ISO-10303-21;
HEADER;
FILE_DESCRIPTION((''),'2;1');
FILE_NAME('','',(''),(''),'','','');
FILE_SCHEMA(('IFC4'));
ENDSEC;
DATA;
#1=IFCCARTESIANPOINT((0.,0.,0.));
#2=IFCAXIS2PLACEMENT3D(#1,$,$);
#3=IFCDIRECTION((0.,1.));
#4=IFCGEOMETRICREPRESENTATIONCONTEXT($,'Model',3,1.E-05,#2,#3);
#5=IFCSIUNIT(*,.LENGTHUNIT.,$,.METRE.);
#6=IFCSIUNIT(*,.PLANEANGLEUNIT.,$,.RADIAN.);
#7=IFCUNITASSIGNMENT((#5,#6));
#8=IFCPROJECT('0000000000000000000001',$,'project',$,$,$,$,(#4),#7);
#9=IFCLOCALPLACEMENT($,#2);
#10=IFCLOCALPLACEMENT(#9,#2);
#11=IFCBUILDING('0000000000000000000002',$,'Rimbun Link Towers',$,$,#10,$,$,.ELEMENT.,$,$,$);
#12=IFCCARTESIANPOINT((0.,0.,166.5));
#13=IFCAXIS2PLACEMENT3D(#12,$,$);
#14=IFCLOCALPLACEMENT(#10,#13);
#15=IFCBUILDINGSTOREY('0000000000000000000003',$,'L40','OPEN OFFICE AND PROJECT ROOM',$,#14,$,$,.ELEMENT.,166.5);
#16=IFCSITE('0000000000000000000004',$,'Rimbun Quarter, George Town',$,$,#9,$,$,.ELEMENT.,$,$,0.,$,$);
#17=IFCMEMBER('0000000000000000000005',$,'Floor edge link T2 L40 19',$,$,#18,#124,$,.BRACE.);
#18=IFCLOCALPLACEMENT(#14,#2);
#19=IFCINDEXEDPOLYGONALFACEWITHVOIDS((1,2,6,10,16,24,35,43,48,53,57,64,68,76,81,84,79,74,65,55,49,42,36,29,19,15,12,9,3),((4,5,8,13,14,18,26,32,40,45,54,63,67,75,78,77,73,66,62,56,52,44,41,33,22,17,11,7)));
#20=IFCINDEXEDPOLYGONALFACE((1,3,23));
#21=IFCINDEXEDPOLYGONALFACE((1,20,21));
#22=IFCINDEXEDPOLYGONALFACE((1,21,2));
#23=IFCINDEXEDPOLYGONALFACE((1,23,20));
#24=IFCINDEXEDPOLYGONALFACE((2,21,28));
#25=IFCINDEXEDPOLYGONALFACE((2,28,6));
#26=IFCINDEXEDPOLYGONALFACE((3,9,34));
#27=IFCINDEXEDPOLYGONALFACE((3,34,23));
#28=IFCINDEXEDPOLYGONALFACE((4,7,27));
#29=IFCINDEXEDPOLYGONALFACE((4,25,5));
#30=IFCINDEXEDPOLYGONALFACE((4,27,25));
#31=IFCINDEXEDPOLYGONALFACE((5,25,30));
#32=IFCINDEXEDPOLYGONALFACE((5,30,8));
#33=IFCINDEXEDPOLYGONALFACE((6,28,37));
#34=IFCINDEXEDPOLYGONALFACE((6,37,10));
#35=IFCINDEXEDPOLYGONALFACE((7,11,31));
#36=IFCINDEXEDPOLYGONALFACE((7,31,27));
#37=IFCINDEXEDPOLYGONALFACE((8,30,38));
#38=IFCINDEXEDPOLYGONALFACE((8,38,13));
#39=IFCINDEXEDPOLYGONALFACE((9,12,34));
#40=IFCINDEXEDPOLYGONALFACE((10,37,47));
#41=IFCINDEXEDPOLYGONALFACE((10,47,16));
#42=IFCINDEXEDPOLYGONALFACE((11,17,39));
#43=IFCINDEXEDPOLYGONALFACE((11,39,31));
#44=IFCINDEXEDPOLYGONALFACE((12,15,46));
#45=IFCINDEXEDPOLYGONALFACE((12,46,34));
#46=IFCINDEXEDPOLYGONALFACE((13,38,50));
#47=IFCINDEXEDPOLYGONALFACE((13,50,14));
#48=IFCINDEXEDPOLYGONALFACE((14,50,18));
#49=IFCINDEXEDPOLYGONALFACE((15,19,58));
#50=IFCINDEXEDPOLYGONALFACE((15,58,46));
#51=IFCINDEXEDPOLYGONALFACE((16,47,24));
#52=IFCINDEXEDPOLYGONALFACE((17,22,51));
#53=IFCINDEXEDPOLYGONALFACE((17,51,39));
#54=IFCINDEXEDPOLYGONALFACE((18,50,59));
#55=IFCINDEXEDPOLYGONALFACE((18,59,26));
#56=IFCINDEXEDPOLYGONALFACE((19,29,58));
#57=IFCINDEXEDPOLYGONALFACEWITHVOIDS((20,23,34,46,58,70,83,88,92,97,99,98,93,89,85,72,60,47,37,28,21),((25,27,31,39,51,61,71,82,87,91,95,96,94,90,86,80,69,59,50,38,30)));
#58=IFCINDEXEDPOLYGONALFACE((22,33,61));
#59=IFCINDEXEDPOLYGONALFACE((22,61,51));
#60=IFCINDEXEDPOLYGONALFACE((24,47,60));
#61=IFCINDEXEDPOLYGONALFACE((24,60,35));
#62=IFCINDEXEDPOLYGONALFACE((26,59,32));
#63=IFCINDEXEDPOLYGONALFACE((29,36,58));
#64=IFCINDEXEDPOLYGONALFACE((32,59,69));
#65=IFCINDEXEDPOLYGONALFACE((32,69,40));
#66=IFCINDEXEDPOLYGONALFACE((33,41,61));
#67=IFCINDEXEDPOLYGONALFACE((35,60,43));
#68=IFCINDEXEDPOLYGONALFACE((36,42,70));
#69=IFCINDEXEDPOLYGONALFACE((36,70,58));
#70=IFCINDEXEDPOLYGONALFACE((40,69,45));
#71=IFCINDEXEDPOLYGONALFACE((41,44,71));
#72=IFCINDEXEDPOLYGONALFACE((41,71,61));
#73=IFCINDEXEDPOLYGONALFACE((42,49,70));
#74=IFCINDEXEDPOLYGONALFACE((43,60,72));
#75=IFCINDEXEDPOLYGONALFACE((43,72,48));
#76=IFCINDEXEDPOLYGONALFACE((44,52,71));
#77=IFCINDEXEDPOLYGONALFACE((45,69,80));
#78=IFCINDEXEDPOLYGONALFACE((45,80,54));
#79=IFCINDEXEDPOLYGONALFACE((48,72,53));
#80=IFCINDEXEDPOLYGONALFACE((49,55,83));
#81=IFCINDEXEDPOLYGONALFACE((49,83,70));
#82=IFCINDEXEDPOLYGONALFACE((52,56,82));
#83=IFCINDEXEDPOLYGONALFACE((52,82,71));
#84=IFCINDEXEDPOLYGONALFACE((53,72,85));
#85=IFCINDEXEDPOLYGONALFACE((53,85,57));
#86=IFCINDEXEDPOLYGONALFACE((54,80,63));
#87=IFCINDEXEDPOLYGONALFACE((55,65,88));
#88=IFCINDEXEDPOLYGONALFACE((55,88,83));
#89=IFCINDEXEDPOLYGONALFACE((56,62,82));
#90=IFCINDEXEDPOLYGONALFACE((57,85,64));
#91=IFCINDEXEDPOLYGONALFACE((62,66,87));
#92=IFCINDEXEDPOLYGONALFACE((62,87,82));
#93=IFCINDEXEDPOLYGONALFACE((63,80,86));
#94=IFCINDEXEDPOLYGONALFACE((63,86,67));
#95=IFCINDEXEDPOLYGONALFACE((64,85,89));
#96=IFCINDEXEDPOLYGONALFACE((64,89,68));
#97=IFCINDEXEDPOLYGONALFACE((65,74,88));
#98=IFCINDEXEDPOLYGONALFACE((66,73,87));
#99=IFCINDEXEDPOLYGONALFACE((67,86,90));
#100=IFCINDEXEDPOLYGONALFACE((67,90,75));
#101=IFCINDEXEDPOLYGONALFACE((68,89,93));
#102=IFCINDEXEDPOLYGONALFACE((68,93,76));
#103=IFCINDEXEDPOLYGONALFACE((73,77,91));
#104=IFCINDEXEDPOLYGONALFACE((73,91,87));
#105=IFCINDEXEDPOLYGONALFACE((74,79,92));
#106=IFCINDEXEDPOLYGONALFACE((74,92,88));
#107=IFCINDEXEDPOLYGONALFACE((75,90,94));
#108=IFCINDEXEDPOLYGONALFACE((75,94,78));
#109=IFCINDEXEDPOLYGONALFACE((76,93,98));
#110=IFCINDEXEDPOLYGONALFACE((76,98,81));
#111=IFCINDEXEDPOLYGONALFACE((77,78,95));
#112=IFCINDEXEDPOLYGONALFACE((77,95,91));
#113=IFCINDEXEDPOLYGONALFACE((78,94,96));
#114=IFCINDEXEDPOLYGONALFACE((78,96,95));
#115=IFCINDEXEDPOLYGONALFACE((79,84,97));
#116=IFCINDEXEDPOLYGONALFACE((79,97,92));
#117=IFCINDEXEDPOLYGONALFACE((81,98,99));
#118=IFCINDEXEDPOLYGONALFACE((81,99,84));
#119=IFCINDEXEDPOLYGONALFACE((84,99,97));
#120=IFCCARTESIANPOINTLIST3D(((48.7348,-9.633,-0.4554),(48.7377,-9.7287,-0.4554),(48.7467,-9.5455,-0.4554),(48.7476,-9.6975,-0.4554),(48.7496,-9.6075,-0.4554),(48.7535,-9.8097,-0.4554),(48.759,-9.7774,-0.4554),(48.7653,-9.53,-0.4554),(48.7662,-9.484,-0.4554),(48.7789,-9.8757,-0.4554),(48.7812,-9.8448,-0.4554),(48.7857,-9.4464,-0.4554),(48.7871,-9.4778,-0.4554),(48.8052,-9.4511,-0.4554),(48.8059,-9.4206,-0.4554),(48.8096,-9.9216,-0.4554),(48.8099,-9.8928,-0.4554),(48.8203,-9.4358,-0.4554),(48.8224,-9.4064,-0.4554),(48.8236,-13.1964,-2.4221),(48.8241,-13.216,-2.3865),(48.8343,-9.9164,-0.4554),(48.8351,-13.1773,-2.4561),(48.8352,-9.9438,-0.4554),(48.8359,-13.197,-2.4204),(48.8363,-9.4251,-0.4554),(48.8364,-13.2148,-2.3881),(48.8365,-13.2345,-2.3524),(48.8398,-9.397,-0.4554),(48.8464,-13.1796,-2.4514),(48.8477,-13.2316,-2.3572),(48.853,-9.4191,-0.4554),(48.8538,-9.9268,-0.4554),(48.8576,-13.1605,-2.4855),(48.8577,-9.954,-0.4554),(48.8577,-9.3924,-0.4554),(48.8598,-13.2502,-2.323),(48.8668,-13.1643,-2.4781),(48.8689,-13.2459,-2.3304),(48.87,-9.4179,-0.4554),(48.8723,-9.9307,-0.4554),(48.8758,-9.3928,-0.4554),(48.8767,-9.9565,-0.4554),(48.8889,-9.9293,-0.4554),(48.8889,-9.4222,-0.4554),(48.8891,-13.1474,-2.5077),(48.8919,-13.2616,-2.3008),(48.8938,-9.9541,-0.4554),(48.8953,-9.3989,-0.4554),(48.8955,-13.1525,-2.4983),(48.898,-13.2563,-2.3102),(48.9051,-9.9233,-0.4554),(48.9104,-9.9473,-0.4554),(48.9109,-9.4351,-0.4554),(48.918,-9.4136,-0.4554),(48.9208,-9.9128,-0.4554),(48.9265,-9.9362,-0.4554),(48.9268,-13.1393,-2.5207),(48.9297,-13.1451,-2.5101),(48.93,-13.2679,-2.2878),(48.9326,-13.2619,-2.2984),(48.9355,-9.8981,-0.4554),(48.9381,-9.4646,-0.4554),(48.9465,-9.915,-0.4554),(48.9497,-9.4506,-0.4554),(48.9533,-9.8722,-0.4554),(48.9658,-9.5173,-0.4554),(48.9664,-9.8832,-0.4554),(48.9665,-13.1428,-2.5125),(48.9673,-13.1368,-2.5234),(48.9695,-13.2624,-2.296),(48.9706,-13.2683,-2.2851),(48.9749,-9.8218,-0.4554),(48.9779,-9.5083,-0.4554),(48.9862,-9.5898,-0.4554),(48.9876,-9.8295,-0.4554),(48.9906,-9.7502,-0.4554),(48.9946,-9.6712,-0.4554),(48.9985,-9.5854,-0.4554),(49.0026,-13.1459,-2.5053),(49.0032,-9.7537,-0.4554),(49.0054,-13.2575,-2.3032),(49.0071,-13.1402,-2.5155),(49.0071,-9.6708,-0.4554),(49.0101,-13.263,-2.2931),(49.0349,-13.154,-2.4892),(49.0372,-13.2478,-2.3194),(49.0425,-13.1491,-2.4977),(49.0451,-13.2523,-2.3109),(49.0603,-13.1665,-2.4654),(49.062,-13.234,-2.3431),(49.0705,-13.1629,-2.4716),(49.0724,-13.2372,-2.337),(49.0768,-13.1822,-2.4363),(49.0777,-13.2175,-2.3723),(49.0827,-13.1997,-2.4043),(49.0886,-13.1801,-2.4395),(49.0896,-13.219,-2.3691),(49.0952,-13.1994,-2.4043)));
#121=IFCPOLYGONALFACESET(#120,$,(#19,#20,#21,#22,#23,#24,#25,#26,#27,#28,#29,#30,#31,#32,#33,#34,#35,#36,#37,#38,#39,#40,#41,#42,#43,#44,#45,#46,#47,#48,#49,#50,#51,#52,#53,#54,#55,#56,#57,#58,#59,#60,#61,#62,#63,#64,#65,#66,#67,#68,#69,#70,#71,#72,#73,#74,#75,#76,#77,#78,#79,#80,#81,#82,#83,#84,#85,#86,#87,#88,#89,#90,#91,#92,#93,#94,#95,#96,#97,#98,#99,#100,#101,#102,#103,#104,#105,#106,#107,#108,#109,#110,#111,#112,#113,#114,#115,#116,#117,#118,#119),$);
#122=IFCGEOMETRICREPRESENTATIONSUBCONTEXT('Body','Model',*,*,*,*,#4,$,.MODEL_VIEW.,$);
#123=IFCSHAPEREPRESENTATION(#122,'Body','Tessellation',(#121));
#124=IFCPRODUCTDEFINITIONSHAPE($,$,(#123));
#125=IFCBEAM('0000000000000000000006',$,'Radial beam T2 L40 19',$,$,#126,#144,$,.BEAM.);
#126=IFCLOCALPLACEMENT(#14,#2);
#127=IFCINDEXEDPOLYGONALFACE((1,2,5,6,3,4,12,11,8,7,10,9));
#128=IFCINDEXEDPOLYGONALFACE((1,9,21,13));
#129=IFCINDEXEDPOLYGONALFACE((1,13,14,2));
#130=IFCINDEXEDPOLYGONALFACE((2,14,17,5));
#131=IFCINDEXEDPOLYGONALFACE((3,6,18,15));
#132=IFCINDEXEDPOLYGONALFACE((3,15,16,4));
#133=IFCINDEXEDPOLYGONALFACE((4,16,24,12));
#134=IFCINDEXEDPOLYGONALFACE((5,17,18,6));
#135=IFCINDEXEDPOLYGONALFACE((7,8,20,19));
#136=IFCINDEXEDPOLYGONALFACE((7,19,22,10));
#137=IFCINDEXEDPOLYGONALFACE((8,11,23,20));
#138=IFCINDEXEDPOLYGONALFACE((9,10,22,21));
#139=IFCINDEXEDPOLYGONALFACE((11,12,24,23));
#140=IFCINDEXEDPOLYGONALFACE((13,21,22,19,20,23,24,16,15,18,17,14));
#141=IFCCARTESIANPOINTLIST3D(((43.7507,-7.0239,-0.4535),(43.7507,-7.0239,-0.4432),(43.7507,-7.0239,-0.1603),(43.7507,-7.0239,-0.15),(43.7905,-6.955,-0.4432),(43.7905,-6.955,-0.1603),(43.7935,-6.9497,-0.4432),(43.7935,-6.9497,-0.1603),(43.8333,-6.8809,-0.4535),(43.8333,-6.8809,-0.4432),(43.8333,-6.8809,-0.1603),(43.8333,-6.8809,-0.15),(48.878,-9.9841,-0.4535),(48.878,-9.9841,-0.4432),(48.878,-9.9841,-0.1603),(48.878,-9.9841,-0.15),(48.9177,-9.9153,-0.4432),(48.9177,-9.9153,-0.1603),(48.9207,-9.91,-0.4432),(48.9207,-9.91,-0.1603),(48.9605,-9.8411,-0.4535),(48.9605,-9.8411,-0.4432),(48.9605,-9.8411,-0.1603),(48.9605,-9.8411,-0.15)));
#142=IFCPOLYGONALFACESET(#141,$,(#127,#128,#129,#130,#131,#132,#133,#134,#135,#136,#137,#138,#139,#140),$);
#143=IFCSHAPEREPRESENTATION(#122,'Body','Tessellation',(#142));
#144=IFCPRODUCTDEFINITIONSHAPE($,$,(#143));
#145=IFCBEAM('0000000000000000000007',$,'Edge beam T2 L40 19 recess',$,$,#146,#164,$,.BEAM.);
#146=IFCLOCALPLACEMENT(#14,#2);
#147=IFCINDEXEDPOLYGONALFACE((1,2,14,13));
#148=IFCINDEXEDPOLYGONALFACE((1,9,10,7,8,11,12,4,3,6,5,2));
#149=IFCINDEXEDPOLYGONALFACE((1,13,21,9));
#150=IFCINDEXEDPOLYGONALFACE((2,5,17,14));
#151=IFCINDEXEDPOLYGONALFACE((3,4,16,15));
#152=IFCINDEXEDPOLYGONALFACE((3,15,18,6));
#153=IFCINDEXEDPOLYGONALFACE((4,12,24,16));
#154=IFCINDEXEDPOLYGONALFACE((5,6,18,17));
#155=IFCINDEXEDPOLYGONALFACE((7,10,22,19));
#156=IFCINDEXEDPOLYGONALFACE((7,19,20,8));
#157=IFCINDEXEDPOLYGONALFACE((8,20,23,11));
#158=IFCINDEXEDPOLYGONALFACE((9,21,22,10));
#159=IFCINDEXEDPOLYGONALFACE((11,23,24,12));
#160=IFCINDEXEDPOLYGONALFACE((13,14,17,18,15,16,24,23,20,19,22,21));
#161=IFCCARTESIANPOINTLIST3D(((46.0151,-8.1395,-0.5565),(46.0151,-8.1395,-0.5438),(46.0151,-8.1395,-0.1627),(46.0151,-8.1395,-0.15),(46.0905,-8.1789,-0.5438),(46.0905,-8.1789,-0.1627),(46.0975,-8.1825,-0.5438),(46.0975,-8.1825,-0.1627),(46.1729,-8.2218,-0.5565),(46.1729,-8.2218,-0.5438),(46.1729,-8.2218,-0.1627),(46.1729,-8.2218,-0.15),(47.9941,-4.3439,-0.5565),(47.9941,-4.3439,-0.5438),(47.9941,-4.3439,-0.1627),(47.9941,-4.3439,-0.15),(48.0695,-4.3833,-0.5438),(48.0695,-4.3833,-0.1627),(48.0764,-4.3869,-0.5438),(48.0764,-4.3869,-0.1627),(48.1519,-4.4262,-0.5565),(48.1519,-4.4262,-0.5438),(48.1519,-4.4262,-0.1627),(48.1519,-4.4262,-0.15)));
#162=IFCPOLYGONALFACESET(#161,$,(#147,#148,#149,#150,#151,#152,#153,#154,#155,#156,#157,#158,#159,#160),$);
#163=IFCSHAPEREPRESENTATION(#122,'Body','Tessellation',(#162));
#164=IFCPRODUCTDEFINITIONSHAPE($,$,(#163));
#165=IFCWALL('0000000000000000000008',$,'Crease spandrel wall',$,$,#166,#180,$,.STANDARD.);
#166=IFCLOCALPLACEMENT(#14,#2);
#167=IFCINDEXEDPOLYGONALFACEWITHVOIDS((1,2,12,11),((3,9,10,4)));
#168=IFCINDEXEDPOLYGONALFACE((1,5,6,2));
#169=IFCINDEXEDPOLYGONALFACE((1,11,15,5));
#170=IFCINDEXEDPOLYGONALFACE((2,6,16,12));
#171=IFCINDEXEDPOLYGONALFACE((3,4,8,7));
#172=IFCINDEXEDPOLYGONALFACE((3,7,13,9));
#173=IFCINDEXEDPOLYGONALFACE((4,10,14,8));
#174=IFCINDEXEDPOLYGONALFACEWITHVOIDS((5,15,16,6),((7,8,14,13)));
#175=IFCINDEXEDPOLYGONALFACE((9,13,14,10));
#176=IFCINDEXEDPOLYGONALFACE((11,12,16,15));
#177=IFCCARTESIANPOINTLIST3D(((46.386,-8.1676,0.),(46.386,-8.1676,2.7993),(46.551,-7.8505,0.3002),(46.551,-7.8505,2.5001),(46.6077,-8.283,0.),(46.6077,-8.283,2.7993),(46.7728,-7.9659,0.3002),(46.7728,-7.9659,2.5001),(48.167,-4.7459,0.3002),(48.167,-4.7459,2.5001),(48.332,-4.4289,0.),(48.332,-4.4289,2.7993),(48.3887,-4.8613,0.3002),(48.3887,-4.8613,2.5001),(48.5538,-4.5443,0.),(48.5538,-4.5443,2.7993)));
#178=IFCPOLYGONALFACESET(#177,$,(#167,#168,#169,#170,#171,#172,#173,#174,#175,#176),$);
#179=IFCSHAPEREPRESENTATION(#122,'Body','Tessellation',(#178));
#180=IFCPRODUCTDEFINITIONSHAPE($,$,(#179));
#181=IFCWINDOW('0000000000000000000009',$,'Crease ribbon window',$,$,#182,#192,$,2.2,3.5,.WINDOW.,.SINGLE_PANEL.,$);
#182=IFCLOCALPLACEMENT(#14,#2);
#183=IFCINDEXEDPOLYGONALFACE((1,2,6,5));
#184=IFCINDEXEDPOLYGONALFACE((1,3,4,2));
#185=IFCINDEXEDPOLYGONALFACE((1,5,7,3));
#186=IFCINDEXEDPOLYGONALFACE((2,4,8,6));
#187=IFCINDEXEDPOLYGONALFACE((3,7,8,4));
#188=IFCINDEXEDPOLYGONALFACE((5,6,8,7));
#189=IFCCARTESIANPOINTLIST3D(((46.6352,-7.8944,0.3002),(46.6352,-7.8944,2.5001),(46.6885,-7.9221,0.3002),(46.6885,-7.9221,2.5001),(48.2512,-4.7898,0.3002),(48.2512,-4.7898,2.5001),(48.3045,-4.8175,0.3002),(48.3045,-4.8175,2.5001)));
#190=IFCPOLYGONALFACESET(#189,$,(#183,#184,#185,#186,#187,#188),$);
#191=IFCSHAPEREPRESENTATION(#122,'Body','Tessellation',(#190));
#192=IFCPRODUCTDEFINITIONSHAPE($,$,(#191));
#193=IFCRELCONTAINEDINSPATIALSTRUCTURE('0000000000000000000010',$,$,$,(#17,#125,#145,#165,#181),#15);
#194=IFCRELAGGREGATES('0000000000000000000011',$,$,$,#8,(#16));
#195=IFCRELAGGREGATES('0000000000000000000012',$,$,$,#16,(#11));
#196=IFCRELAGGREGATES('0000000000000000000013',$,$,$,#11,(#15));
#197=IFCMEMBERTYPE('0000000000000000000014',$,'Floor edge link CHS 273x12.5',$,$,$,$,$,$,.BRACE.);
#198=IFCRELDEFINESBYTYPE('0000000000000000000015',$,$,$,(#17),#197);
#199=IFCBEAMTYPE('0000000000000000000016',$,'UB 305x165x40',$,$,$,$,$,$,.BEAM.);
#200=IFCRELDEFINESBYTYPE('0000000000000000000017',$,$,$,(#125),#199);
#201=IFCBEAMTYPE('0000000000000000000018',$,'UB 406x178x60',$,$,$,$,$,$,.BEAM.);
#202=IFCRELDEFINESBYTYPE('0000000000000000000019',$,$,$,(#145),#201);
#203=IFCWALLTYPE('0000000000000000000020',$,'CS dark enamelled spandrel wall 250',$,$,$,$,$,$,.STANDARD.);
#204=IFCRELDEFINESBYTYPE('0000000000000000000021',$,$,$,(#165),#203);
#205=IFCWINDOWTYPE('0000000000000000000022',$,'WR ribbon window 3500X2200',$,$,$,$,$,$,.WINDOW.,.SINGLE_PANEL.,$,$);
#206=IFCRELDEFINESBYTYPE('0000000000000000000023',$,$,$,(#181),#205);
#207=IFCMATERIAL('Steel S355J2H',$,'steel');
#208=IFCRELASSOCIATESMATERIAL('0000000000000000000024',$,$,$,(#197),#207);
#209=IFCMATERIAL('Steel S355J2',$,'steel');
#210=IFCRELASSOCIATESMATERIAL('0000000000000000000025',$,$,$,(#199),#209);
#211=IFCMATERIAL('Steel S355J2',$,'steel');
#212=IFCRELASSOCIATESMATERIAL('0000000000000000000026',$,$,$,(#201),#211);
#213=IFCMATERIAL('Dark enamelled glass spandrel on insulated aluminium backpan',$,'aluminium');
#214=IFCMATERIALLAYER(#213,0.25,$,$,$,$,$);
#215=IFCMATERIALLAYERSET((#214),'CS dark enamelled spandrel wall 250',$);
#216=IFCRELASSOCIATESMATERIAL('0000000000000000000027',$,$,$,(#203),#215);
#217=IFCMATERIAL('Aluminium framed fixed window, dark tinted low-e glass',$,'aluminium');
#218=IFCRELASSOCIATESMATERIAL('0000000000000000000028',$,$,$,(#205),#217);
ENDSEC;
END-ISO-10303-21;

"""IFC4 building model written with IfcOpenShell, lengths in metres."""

from ifc_helpers import new_model, si_unit, direction, frame, frame_2d, origin, origin_2d, place, context, subcontext, project, spatial, rectangle, hollow_circle, i_section, extrude, clip, halfspace, material, layer, layer_set, material_profile, profile_set, type_object, element, fill, save


model = new_model("IFC4")

# Units and contexts
model_context = context("Model", 3, precision=1e-05, world=origin(), true_north=direction((0.0, 1.0)))
body_context = subcontext(model_context, "Body", "Model", "MODEL_VIEW")
ifc_project = project(units=[si_unit("LENGTHUNIT", "METRE"), si_unit("PLANEANGLEUNIT", "RADIAN")], contexts=[model_context])

# Site, building, storey
site_placement = place(None, origin())
site = spatial("IfcSite", under=ifc_project, at=site_placement, Name="Rimbun Quarter, George Town", CompositionType="ELEMENT", RefElevation=0.0)
building_placement = place(site_placement, origin())
building = spatial("IfcBuilding", under=site, at=building_placement, Name="Rimbun Link Towers", CompositionType="ELEMENT")
storey_placement = place(building_placement, frame((0.0, 0.0, 166.5)))
storey = spatial("IfcBuildingStorey", under=building, at=storey_placement, Name="L40", Description="OPEN OFFICE AND PROJECT ROOM", CompositionType="ELEMENT", Elevation=166.5)

# Member
ifc_material_1 = material(Name="Steel S355J2H", Category="steel")
ifc_material_profile_1 = material_profile(ifc_material_1, hollow_circle(Radius=0.1365, WallThickness=0.0125, at=origin_2d()), Name="CHS 273x12.5")
ifc_profile_set_1 = profile_set([ifc_material_profile_1], Name="Steel S355J2H")
member_type = type_object("IfcMemberType", Name="Floor edge link CHS 273x12.5", PredefinedType="BRACE", material=ifc_profile_set_1)
member_placement = place(storey_placement, frame((48.876, -9.8877, -0.5732), z_axis=(0.021848, -0.875147, -0.483364), x_axis=(0.999689, 0.024957, 0.0)))
element("IfcMember", 1, at=member_placement, inside=storey, type_object=member_type, Name="Floor edge link T2 L40 19", PredefinedType="BRACE", context=body_context, shape_type="Clipping", body=[
    clip(extrude(hollow_circle(Radius=0.1365, WallThickness=0.0125, at=origin_2d()), frame((0.0, 0.0, -0.5151)), (0.0, 0.0, 1.0), 4.3032), halfspace(frame((0.0, 0.0, -0.2439), z_axis=(0.0, 0.875419, -0.483364)), False)),
])

# Beams
ifc_material_2 = material(Name="Steel S355J2", Category="steel")
ifc_material_profile_2 = material_profile(ifc_material_2, i_section(OverallWidth=0.165, OverallDepth=0.3035, WebThickness=0.0061, FlangeThickness=0.0103, at=origin_2d()), Name="UB 305x165x40")
ifc_profile_set_2 = profile_set([ifc_material_profile_2], Name="Steel S355J2")
beam_type_1 = type_object("IfcBeamType", Name="UB 305x165x40", PredefinedType="BEAM", material=ifc_profile_set_2)
beam_1_placement = place(storey_placement, frame((43.792, -6.9524, -0.3018), z_axis=(0.866024, -0.500002, 0.0), x_axis=(0.500002, 0.866024, 0.0)))
element("IfcBeam", 2, at=beam_1_placement, inside=storey, type_object=beam_type_1, Name="Radial beam T2 L40 19", PredefinedType="BEAM", context=body_context, shape_type="SweptSolid", body=[
    extrude(i_section(OverallWidth=0.165, OverallDepth=0.3035, WebThickness=0.0061, FlangeThickness=0.0103, at=origin_2d()), origin(), (0.0, 0.0, 1.0), 5.9204),
])
ifc_material_3 = material(Name="Steel S355J2", Category="steel")
ifc_material_profile_3 = material_profile(ifc_material_3, i_section(OverallWidth=0.178, OverallDepth=0.4065, WebThickness=0.0078, FlangeThickness=0.0127, at=origin_2d()), Name="UB 406x178x60")
ifc_profile_set_3 = profile_set([ifc_material_profile_3], Name="Steel S355J2")
beam_type_2 = type_object("IfcBeamType", Name="UB 406x178x60", PredefinedType="BEAM", material=ifc_profile_set_3)
beam_2_placement = place(storey_placement, frame((46.094, -8.1807, -0.3533), z_axis=(0.46232, 0.886713, 0.0), x_axis=(-0.886713, 0.46232, 0.0)))
element("IfcBeam", 3, at=beam_2_placement, inside=storey, type_object=beam_type_2, Name="Edge beam T2 L40 19 recess", PredefinedType="BEAM", context=body_context, shape_type="SweptSolid", body=[
    extrude(i_section(OverallWidth=0.178, OverallDepth=0.4065, WebThickness=0.0078, FlangeThickness=0.0127, at=origin_2d()), origin(), (0.0, 0.0, 1.0), 4.2805),
])

# Wall, opening, window
ifc_material_4 = material(Name="Dark enamelled glass spandrel on insulated aluminium backpan", Category="aluminium")
ifc_layer_1 = layer(ifc_material_4, 0.25)
ifc_layer_set_1 = layer_set([ifc_layer_1], Name="CS dark enamelled spandrel wall 250")
wall_type_1 = type_object("IfcWallType", Name="CS dark enamelled spandrel wall 250", PredefinedType="STANDARD", material=ifc_layer_set_1)
wall_1_placement = place(storey_placement, frame((48.4429, -4.4866, 0.0), z_axis=(0.0, 0.0, 1.0), x_axis=(-0.461705, -0.887034, 0.0)))
wall_1 = element("IfcWall", 4, at=wall_1_placement, inside=storey, type_object=wall_type_1, Name="Crease spandrel wall", PredefinedType="STANDARD", context=body_context, shape_type="SweptSolid", body=[
    extrude(rectangle(XDim=4.2148, YDim=0.25, at=frame_2d((2.1074, 0.0))), origin(), (0.0, 0.0, 1.0), 2.7993),
])
opening_1_placement = place(wall_1_placement, frame((0.3574, 0.0, 0.3)))
opening_1 = element("IfcOpeningElement", 5, at=opening_1_placement, cuts=wall_1, PredefinedType="OPENING", context=body_context, shape_type="SweptSolid", body=[
    extrude(rectangle(XDim=3.5, YDim=2.2, at=frame_2d((1.75, 1.1001))), frame((0.0, 0.135, 0.0), z_axis=(0.0, -1.0, 0.0), x_axis=(1.0, 0.0, 0.0)), (0.0, 0.0, 1.0), 0.27),
])
ifc_material_5 = material(Name="Aluminium framed fixed window, dark tinted low-e glass", Category="aluminium")
window_type_1 = type_object("IfcWindowType", Name="WR ribbon window 3500X2200", PartitioningType="SINGLE_PANEL", PredefinedType="WINDOW", material=ifc_material_5)
window_1_placement = place(opening_1_placement, origin())
window_1 = element("IfcWindow", 6, at=window_1_placement, inside=storey, type_object=window_type_1, Name="Crease ribbon window", OverallHeight=2.2, OverallWidth=3.5, PartitioningType="SINGLE_PANEL", PredefinedType="WINDOW", context=body_context, shape_type="SweptSolid", body=[
    extrude(rectangle(XDim=3.5, YDim=2.2, at=frame_2d((1.75, 1.1001))), frame((0.0, 0.03, 0.0), z_axis=(0.0, -1.0, 0.0), x_axis=(1.0, 0.0, 0.0)), (0.0, 0.0, 1.0), 0.0601),
])
fill(opening_1, window_1)

save(model, "model.ifc")
